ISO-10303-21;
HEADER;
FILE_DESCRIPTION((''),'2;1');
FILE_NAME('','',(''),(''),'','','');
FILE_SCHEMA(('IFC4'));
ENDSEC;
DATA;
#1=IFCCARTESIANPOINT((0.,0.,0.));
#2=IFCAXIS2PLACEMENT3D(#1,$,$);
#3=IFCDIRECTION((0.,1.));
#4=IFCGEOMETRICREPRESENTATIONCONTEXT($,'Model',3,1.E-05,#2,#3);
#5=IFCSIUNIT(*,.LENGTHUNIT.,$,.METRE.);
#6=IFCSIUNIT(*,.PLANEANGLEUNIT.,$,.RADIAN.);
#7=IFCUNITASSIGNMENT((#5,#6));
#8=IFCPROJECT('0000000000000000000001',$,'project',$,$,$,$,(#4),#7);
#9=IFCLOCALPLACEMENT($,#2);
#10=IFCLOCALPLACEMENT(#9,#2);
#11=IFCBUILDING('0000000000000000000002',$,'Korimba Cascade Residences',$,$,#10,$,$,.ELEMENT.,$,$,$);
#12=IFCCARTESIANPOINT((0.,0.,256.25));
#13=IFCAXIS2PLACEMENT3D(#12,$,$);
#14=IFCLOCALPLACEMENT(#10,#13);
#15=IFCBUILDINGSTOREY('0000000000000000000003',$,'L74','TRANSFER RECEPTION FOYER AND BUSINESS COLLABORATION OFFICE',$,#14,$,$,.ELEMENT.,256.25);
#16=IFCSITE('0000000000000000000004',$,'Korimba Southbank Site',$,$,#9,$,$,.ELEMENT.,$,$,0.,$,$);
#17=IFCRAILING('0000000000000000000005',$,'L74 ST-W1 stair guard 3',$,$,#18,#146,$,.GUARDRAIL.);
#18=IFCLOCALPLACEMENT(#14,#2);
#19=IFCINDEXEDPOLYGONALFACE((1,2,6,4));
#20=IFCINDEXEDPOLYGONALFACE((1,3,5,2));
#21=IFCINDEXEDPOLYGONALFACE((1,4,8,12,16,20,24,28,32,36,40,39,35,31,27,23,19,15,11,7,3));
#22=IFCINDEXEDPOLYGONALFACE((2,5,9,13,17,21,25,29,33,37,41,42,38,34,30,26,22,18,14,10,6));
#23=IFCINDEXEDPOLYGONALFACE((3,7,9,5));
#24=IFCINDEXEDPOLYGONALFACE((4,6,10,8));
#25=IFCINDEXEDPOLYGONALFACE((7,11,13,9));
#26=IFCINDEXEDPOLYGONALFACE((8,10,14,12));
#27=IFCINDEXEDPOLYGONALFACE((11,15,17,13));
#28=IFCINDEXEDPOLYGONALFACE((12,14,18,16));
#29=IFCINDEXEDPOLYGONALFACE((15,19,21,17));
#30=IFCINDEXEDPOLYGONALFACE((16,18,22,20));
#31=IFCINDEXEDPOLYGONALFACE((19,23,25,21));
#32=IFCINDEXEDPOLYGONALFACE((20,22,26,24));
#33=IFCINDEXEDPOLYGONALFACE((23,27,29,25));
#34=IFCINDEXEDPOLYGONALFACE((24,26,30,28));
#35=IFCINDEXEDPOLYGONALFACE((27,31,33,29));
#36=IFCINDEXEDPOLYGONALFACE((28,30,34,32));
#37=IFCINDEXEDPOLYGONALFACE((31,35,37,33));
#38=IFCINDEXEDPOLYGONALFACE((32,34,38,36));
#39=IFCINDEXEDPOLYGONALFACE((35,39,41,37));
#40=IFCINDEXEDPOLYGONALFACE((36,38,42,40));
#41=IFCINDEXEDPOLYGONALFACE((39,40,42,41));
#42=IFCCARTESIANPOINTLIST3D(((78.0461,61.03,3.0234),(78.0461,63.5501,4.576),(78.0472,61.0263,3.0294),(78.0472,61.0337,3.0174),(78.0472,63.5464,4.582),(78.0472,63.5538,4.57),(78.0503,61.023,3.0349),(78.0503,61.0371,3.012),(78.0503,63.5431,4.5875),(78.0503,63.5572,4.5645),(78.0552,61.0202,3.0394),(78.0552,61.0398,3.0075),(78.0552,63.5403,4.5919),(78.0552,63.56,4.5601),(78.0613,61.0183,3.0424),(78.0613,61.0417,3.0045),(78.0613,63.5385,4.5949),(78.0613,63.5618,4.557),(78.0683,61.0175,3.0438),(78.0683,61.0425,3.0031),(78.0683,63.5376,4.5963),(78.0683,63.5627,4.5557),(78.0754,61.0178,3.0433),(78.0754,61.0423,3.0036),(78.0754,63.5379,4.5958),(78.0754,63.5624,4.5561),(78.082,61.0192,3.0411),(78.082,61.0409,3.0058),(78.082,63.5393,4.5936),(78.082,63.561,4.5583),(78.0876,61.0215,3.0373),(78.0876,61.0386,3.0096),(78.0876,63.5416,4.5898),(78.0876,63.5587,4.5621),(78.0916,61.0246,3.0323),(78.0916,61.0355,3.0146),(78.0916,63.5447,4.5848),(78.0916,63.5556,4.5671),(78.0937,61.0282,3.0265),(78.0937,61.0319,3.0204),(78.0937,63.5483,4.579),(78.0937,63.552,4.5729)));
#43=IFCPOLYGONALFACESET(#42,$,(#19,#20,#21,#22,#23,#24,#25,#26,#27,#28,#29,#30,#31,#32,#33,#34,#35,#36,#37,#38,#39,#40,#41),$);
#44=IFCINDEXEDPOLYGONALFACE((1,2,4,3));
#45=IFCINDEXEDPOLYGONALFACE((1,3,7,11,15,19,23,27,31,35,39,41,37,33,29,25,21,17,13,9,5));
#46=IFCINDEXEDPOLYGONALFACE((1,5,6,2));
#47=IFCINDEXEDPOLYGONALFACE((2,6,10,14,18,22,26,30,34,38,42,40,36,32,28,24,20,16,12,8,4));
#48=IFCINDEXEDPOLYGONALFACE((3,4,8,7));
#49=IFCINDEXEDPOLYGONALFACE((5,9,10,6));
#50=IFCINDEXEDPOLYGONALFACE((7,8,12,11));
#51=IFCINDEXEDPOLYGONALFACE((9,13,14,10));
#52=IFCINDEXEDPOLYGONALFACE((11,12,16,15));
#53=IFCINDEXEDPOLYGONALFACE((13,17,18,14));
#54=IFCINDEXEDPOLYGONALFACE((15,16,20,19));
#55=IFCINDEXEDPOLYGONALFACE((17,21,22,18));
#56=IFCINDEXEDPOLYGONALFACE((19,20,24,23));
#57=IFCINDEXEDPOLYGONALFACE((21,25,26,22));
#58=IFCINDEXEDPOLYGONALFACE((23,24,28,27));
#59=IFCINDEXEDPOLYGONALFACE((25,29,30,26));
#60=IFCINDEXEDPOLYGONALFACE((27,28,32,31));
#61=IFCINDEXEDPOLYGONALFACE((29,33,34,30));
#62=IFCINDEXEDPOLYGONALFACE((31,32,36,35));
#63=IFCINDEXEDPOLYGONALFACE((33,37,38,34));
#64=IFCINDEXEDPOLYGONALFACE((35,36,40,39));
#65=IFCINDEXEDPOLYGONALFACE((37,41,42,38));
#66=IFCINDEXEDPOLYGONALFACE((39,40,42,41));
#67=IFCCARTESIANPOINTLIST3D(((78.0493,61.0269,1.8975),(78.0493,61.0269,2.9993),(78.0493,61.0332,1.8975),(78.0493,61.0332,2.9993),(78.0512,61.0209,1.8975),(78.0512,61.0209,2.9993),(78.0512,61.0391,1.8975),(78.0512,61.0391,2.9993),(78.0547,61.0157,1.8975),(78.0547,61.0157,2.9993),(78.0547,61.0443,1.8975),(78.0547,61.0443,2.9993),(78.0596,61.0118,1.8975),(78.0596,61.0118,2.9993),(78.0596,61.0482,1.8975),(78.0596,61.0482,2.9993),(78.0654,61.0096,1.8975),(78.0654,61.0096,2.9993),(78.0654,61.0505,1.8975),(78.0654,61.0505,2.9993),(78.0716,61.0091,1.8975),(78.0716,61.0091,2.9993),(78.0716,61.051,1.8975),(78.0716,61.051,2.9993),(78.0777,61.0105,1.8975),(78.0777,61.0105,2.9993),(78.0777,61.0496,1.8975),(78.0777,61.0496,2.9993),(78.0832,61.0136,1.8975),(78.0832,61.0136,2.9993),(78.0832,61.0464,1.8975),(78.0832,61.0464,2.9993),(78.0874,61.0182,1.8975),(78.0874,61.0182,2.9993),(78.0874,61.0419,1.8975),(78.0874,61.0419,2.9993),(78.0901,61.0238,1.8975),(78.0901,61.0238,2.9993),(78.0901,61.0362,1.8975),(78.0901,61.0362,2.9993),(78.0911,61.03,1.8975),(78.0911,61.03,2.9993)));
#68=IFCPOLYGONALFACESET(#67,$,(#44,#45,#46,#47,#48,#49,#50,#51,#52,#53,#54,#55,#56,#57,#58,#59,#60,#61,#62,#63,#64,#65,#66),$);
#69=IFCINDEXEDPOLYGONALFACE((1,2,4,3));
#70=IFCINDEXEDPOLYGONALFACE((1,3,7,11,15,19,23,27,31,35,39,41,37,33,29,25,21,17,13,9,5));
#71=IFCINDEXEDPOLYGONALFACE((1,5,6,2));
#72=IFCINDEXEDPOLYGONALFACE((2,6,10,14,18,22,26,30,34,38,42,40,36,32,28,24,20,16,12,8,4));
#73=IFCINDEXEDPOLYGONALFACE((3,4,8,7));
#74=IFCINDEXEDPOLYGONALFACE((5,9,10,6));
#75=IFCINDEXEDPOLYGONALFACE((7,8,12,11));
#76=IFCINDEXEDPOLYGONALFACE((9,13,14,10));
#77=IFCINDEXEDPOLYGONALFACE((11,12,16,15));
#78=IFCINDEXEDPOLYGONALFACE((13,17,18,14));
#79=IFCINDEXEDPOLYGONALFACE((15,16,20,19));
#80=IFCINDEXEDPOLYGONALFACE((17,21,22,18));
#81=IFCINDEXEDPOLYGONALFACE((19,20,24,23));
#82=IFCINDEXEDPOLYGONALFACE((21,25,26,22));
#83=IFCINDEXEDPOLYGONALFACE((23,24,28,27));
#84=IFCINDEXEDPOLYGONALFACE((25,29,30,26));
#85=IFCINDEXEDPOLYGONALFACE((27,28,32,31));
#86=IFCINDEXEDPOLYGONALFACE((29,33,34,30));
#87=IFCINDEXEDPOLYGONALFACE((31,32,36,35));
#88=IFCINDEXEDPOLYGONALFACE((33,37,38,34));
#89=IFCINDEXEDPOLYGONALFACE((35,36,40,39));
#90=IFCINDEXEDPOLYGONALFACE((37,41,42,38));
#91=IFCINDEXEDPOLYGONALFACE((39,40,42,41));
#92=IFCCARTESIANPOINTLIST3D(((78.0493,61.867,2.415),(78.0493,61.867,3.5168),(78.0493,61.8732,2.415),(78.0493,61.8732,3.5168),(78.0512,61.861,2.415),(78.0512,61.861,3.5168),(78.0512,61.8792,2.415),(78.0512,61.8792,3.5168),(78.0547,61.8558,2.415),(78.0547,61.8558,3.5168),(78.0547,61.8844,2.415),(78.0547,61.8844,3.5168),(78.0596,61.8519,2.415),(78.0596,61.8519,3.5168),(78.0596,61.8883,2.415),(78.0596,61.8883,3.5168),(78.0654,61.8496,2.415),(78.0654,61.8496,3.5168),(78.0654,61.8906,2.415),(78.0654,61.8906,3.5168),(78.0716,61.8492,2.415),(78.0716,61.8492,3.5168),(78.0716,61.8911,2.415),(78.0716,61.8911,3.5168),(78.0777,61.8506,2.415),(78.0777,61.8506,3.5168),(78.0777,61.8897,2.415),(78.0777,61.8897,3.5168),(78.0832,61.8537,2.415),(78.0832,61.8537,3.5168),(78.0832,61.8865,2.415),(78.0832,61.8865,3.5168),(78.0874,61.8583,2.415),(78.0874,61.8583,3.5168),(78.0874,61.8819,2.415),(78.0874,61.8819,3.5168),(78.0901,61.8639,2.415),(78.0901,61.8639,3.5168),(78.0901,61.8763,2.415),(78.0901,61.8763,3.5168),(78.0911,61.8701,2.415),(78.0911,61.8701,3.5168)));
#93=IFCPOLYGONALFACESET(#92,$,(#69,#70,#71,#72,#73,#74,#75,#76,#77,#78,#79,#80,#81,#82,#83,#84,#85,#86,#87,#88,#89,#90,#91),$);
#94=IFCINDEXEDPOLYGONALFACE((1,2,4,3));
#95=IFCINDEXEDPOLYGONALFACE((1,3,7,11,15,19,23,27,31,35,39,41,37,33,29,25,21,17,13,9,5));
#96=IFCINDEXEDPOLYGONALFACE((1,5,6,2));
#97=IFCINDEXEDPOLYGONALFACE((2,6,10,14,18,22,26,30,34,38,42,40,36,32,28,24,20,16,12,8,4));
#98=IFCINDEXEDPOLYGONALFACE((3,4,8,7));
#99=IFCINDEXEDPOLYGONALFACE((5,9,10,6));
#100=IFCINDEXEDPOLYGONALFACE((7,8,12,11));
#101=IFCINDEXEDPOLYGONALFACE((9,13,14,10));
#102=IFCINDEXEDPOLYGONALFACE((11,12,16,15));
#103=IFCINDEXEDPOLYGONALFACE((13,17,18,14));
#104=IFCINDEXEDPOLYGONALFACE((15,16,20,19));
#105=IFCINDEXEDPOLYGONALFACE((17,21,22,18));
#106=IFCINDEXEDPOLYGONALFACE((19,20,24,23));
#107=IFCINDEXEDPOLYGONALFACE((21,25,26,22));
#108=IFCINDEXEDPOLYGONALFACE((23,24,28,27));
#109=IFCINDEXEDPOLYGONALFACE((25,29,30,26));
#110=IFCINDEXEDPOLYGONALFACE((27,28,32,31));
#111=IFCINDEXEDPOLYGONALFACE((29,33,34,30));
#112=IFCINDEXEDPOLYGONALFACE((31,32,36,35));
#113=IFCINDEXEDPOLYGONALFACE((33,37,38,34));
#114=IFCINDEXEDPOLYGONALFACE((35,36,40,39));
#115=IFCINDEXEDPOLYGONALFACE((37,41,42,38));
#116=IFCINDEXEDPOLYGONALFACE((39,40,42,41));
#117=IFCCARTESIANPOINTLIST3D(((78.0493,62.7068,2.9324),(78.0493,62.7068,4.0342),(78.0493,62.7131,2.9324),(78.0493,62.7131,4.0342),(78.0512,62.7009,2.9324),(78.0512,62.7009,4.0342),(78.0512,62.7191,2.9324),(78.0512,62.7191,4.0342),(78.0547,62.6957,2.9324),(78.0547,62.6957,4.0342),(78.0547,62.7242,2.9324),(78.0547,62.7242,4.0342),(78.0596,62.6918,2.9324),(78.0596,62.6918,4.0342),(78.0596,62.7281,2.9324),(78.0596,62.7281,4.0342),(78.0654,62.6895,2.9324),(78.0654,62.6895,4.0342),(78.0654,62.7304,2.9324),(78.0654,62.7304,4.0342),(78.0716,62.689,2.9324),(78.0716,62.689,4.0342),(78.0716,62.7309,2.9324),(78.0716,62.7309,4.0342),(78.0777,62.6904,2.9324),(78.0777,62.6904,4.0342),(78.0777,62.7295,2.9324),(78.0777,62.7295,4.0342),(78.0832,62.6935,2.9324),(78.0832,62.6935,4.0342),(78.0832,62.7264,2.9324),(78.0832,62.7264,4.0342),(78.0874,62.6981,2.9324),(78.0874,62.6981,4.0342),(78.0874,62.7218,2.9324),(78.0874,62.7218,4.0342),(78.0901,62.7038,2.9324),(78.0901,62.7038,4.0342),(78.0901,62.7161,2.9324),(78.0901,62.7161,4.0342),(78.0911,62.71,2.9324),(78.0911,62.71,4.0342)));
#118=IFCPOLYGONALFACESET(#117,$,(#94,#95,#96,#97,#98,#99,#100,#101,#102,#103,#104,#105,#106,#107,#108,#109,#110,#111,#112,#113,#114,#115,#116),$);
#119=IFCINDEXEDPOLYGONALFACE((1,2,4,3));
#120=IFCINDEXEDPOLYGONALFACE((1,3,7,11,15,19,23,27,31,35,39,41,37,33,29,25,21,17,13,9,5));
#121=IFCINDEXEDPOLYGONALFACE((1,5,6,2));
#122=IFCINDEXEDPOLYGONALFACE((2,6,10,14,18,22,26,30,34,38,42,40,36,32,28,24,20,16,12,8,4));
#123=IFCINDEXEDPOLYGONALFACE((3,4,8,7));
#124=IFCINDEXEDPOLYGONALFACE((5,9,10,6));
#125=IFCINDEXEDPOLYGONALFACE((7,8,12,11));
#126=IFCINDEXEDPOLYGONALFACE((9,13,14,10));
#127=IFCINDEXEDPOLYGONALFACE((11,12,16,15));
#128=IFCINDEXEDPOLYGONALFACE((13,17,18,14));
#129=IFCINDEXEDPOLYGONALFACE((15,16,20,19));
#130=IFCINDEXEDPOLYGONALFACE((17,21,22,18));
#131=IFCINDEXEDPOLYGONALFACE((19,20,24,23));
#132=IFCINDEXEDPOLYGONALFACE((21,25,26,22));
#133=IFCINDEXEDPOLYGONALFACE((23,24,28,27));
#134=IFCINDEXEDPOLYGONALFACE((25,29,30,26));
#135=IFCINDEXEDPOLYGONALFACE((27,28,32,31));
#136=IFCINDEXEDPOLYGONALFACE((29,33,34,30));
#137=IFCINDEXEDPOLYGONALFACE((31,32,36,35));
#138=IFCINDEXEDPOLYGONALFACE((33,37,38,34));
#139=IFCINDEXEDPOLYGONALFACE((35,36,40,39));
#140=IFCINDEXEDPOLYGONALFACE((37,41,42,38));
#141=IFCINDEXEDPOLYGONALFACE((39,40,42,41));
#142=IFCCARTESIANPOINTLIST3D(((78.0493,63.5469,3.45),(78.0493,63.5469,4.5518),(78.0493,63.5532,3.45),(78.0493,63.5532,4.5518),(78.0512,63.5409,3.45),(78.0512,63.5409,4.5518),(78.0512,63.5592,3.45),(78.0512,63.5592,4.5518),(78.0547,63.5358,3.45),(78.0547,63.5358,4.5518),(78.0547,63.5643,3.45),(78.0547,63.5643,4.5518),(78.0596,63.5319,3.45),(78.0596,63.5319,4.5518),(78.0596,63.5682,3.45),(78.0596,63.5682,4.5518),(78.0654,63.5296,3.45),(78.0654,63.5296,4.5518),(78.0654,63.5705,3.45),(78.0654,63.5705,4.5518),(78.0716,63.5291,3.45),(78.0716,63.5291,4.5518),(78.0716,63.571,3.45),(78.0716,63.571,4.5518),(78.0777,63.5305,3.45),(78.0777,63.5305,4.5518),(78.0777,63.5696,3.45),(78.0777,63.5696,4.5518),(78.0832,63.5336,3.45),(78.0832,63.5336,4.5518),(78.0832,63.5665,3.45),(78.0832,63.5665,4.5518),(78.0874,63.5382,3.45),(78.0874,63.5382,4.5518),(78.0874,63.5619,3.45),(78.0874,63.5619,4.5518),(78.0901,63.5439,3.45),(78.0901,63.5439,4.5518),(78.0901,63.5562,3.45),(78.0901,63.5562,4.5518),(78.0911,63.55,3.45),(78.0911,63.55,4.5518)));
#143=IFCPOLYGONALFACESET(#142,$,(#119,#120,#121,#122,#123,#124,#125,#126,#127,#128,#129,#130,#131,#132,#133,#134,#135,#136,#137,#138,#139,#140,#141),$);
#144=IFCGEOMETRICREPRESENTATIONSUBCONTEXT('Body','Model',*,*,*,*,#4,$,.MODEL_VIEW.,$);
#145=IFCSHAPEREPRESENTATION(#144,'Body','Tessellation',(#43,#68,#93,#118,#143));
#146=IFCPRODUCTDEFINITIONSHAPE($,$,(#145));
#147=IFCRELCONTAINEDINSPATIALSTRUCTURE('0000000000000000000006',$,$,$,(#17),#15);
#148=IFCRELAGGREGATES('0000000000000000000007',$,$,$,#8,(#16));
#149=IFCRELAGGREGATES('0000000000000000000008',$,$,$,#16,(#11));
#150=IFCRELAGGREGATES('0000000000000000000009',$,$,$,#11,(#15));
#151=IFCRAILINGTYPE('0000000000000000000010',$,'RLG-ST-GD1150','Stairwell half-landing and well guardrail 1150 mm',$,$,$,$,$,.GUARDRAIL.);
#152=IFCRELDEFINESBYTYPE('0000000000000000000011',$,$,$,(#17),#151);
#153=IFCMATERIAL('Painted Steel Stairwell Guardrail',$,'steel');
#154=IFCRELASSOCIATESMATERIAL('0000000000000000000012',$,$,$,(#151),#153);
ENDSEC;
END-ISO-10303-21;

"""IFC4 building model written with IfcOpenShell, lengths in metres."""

from ifc_helpers import new_model, si_unit, direction, frame, origin, origin_2d, place, context, subcontext, project, spatial, circle, extrude, material, type_object, element, save


model = new_model("IFC4")

# Units and contexts
model_context = context("Model", 3, precision=1e-05, world=origin(), true_north=direction((0.0, 1.0)))
body_context = subcontext(model_context, "Body", "Model", "MODEL_VIEW")
ifc_project = project(units=[si_unit("LENGTHUNIT", "METRE"), si_unit("PLANEANGLEUNIT", "RADIAN")], contexts=[model_context])

# Site, building, storey
site_placement = place(None, origin())
site = spatial("IfcSite", under=ifc_project, at=site_placement, Name="Korimba Southbank Site", CompositionType="ELEMENT", RefElevation=0.0)
building_placement = place(site_placement, origin())
building = spatial("IfcBuilding", under=site, at=building_placement, Name="Korimba Cascade Residences", CompositionType="ELEMENT")
storey_placement = place(building_placement, frame((0.0, 0.0, 256.25)))
storey = spatial("IfcBuildingStorey", under=building, at=storey_placement, Name="L74", Description="TRANSFER RECEPTION FOYER AND BUSINESS COLLABORATION OFFICE", CompositionType="ELEMENT", Elevation=256.25)

# Railing
ifc_material_1 = material(Name="Painted Steel Stairwell Guardrail", Category="steel")
railing_type_1 = type_object("IfcRailingType", Name="RLG-ST-GD1150", Description="Stairwell half-landing and well guardrail 1150 mm", PredefinedType="GUARDRAIL", material=ifc_material_1)
railing_1_placement = place(storey_placement, frame((78.0701, 61.03, 1.8975)))
element("IfcRailing", 1, at=railing_1_placement, inside=storey, type_object=railing_type_1, Name="L74 ST-W1 stair guard 3", PredefinedType="GUARDRAIL", context=body_context, shape_type="SweptSolid", body=[
    extrude(circle(Radius=0.0239, at=origin_2d()), frame((0.0, 0.0, 1.126), z_axis=(0.0, 0.8514, 0.524516), x_axis=(-1.0, 0.0, 0.0)), (0.0, 0.0, 1.0), 2.96),
    extrude(circle(Radius=0.021, at=origin_2d()), origin(), (0.0, 0.0, 1.0), 1.1018),
    extrude(circle(Radius=0.021, at=origin_2d()), frame((0.0, 0.8401, 0.5176)), (0.0, 0.0, 1.0), 1.1018),
    extrude(circle(Radius=0.021, at=origin_2d()), frame((0.0, 1.6799, 1.0349)), (0.0, 0.0, 1.0), 1.1018),
    extrude(circle(Radius=0.021, at=origin_2d()), frame((0.0, 2.52, 1.5525)), (0.0, 0.0, 1.0), 1.1018),
])

save(model, "model.ifc")
